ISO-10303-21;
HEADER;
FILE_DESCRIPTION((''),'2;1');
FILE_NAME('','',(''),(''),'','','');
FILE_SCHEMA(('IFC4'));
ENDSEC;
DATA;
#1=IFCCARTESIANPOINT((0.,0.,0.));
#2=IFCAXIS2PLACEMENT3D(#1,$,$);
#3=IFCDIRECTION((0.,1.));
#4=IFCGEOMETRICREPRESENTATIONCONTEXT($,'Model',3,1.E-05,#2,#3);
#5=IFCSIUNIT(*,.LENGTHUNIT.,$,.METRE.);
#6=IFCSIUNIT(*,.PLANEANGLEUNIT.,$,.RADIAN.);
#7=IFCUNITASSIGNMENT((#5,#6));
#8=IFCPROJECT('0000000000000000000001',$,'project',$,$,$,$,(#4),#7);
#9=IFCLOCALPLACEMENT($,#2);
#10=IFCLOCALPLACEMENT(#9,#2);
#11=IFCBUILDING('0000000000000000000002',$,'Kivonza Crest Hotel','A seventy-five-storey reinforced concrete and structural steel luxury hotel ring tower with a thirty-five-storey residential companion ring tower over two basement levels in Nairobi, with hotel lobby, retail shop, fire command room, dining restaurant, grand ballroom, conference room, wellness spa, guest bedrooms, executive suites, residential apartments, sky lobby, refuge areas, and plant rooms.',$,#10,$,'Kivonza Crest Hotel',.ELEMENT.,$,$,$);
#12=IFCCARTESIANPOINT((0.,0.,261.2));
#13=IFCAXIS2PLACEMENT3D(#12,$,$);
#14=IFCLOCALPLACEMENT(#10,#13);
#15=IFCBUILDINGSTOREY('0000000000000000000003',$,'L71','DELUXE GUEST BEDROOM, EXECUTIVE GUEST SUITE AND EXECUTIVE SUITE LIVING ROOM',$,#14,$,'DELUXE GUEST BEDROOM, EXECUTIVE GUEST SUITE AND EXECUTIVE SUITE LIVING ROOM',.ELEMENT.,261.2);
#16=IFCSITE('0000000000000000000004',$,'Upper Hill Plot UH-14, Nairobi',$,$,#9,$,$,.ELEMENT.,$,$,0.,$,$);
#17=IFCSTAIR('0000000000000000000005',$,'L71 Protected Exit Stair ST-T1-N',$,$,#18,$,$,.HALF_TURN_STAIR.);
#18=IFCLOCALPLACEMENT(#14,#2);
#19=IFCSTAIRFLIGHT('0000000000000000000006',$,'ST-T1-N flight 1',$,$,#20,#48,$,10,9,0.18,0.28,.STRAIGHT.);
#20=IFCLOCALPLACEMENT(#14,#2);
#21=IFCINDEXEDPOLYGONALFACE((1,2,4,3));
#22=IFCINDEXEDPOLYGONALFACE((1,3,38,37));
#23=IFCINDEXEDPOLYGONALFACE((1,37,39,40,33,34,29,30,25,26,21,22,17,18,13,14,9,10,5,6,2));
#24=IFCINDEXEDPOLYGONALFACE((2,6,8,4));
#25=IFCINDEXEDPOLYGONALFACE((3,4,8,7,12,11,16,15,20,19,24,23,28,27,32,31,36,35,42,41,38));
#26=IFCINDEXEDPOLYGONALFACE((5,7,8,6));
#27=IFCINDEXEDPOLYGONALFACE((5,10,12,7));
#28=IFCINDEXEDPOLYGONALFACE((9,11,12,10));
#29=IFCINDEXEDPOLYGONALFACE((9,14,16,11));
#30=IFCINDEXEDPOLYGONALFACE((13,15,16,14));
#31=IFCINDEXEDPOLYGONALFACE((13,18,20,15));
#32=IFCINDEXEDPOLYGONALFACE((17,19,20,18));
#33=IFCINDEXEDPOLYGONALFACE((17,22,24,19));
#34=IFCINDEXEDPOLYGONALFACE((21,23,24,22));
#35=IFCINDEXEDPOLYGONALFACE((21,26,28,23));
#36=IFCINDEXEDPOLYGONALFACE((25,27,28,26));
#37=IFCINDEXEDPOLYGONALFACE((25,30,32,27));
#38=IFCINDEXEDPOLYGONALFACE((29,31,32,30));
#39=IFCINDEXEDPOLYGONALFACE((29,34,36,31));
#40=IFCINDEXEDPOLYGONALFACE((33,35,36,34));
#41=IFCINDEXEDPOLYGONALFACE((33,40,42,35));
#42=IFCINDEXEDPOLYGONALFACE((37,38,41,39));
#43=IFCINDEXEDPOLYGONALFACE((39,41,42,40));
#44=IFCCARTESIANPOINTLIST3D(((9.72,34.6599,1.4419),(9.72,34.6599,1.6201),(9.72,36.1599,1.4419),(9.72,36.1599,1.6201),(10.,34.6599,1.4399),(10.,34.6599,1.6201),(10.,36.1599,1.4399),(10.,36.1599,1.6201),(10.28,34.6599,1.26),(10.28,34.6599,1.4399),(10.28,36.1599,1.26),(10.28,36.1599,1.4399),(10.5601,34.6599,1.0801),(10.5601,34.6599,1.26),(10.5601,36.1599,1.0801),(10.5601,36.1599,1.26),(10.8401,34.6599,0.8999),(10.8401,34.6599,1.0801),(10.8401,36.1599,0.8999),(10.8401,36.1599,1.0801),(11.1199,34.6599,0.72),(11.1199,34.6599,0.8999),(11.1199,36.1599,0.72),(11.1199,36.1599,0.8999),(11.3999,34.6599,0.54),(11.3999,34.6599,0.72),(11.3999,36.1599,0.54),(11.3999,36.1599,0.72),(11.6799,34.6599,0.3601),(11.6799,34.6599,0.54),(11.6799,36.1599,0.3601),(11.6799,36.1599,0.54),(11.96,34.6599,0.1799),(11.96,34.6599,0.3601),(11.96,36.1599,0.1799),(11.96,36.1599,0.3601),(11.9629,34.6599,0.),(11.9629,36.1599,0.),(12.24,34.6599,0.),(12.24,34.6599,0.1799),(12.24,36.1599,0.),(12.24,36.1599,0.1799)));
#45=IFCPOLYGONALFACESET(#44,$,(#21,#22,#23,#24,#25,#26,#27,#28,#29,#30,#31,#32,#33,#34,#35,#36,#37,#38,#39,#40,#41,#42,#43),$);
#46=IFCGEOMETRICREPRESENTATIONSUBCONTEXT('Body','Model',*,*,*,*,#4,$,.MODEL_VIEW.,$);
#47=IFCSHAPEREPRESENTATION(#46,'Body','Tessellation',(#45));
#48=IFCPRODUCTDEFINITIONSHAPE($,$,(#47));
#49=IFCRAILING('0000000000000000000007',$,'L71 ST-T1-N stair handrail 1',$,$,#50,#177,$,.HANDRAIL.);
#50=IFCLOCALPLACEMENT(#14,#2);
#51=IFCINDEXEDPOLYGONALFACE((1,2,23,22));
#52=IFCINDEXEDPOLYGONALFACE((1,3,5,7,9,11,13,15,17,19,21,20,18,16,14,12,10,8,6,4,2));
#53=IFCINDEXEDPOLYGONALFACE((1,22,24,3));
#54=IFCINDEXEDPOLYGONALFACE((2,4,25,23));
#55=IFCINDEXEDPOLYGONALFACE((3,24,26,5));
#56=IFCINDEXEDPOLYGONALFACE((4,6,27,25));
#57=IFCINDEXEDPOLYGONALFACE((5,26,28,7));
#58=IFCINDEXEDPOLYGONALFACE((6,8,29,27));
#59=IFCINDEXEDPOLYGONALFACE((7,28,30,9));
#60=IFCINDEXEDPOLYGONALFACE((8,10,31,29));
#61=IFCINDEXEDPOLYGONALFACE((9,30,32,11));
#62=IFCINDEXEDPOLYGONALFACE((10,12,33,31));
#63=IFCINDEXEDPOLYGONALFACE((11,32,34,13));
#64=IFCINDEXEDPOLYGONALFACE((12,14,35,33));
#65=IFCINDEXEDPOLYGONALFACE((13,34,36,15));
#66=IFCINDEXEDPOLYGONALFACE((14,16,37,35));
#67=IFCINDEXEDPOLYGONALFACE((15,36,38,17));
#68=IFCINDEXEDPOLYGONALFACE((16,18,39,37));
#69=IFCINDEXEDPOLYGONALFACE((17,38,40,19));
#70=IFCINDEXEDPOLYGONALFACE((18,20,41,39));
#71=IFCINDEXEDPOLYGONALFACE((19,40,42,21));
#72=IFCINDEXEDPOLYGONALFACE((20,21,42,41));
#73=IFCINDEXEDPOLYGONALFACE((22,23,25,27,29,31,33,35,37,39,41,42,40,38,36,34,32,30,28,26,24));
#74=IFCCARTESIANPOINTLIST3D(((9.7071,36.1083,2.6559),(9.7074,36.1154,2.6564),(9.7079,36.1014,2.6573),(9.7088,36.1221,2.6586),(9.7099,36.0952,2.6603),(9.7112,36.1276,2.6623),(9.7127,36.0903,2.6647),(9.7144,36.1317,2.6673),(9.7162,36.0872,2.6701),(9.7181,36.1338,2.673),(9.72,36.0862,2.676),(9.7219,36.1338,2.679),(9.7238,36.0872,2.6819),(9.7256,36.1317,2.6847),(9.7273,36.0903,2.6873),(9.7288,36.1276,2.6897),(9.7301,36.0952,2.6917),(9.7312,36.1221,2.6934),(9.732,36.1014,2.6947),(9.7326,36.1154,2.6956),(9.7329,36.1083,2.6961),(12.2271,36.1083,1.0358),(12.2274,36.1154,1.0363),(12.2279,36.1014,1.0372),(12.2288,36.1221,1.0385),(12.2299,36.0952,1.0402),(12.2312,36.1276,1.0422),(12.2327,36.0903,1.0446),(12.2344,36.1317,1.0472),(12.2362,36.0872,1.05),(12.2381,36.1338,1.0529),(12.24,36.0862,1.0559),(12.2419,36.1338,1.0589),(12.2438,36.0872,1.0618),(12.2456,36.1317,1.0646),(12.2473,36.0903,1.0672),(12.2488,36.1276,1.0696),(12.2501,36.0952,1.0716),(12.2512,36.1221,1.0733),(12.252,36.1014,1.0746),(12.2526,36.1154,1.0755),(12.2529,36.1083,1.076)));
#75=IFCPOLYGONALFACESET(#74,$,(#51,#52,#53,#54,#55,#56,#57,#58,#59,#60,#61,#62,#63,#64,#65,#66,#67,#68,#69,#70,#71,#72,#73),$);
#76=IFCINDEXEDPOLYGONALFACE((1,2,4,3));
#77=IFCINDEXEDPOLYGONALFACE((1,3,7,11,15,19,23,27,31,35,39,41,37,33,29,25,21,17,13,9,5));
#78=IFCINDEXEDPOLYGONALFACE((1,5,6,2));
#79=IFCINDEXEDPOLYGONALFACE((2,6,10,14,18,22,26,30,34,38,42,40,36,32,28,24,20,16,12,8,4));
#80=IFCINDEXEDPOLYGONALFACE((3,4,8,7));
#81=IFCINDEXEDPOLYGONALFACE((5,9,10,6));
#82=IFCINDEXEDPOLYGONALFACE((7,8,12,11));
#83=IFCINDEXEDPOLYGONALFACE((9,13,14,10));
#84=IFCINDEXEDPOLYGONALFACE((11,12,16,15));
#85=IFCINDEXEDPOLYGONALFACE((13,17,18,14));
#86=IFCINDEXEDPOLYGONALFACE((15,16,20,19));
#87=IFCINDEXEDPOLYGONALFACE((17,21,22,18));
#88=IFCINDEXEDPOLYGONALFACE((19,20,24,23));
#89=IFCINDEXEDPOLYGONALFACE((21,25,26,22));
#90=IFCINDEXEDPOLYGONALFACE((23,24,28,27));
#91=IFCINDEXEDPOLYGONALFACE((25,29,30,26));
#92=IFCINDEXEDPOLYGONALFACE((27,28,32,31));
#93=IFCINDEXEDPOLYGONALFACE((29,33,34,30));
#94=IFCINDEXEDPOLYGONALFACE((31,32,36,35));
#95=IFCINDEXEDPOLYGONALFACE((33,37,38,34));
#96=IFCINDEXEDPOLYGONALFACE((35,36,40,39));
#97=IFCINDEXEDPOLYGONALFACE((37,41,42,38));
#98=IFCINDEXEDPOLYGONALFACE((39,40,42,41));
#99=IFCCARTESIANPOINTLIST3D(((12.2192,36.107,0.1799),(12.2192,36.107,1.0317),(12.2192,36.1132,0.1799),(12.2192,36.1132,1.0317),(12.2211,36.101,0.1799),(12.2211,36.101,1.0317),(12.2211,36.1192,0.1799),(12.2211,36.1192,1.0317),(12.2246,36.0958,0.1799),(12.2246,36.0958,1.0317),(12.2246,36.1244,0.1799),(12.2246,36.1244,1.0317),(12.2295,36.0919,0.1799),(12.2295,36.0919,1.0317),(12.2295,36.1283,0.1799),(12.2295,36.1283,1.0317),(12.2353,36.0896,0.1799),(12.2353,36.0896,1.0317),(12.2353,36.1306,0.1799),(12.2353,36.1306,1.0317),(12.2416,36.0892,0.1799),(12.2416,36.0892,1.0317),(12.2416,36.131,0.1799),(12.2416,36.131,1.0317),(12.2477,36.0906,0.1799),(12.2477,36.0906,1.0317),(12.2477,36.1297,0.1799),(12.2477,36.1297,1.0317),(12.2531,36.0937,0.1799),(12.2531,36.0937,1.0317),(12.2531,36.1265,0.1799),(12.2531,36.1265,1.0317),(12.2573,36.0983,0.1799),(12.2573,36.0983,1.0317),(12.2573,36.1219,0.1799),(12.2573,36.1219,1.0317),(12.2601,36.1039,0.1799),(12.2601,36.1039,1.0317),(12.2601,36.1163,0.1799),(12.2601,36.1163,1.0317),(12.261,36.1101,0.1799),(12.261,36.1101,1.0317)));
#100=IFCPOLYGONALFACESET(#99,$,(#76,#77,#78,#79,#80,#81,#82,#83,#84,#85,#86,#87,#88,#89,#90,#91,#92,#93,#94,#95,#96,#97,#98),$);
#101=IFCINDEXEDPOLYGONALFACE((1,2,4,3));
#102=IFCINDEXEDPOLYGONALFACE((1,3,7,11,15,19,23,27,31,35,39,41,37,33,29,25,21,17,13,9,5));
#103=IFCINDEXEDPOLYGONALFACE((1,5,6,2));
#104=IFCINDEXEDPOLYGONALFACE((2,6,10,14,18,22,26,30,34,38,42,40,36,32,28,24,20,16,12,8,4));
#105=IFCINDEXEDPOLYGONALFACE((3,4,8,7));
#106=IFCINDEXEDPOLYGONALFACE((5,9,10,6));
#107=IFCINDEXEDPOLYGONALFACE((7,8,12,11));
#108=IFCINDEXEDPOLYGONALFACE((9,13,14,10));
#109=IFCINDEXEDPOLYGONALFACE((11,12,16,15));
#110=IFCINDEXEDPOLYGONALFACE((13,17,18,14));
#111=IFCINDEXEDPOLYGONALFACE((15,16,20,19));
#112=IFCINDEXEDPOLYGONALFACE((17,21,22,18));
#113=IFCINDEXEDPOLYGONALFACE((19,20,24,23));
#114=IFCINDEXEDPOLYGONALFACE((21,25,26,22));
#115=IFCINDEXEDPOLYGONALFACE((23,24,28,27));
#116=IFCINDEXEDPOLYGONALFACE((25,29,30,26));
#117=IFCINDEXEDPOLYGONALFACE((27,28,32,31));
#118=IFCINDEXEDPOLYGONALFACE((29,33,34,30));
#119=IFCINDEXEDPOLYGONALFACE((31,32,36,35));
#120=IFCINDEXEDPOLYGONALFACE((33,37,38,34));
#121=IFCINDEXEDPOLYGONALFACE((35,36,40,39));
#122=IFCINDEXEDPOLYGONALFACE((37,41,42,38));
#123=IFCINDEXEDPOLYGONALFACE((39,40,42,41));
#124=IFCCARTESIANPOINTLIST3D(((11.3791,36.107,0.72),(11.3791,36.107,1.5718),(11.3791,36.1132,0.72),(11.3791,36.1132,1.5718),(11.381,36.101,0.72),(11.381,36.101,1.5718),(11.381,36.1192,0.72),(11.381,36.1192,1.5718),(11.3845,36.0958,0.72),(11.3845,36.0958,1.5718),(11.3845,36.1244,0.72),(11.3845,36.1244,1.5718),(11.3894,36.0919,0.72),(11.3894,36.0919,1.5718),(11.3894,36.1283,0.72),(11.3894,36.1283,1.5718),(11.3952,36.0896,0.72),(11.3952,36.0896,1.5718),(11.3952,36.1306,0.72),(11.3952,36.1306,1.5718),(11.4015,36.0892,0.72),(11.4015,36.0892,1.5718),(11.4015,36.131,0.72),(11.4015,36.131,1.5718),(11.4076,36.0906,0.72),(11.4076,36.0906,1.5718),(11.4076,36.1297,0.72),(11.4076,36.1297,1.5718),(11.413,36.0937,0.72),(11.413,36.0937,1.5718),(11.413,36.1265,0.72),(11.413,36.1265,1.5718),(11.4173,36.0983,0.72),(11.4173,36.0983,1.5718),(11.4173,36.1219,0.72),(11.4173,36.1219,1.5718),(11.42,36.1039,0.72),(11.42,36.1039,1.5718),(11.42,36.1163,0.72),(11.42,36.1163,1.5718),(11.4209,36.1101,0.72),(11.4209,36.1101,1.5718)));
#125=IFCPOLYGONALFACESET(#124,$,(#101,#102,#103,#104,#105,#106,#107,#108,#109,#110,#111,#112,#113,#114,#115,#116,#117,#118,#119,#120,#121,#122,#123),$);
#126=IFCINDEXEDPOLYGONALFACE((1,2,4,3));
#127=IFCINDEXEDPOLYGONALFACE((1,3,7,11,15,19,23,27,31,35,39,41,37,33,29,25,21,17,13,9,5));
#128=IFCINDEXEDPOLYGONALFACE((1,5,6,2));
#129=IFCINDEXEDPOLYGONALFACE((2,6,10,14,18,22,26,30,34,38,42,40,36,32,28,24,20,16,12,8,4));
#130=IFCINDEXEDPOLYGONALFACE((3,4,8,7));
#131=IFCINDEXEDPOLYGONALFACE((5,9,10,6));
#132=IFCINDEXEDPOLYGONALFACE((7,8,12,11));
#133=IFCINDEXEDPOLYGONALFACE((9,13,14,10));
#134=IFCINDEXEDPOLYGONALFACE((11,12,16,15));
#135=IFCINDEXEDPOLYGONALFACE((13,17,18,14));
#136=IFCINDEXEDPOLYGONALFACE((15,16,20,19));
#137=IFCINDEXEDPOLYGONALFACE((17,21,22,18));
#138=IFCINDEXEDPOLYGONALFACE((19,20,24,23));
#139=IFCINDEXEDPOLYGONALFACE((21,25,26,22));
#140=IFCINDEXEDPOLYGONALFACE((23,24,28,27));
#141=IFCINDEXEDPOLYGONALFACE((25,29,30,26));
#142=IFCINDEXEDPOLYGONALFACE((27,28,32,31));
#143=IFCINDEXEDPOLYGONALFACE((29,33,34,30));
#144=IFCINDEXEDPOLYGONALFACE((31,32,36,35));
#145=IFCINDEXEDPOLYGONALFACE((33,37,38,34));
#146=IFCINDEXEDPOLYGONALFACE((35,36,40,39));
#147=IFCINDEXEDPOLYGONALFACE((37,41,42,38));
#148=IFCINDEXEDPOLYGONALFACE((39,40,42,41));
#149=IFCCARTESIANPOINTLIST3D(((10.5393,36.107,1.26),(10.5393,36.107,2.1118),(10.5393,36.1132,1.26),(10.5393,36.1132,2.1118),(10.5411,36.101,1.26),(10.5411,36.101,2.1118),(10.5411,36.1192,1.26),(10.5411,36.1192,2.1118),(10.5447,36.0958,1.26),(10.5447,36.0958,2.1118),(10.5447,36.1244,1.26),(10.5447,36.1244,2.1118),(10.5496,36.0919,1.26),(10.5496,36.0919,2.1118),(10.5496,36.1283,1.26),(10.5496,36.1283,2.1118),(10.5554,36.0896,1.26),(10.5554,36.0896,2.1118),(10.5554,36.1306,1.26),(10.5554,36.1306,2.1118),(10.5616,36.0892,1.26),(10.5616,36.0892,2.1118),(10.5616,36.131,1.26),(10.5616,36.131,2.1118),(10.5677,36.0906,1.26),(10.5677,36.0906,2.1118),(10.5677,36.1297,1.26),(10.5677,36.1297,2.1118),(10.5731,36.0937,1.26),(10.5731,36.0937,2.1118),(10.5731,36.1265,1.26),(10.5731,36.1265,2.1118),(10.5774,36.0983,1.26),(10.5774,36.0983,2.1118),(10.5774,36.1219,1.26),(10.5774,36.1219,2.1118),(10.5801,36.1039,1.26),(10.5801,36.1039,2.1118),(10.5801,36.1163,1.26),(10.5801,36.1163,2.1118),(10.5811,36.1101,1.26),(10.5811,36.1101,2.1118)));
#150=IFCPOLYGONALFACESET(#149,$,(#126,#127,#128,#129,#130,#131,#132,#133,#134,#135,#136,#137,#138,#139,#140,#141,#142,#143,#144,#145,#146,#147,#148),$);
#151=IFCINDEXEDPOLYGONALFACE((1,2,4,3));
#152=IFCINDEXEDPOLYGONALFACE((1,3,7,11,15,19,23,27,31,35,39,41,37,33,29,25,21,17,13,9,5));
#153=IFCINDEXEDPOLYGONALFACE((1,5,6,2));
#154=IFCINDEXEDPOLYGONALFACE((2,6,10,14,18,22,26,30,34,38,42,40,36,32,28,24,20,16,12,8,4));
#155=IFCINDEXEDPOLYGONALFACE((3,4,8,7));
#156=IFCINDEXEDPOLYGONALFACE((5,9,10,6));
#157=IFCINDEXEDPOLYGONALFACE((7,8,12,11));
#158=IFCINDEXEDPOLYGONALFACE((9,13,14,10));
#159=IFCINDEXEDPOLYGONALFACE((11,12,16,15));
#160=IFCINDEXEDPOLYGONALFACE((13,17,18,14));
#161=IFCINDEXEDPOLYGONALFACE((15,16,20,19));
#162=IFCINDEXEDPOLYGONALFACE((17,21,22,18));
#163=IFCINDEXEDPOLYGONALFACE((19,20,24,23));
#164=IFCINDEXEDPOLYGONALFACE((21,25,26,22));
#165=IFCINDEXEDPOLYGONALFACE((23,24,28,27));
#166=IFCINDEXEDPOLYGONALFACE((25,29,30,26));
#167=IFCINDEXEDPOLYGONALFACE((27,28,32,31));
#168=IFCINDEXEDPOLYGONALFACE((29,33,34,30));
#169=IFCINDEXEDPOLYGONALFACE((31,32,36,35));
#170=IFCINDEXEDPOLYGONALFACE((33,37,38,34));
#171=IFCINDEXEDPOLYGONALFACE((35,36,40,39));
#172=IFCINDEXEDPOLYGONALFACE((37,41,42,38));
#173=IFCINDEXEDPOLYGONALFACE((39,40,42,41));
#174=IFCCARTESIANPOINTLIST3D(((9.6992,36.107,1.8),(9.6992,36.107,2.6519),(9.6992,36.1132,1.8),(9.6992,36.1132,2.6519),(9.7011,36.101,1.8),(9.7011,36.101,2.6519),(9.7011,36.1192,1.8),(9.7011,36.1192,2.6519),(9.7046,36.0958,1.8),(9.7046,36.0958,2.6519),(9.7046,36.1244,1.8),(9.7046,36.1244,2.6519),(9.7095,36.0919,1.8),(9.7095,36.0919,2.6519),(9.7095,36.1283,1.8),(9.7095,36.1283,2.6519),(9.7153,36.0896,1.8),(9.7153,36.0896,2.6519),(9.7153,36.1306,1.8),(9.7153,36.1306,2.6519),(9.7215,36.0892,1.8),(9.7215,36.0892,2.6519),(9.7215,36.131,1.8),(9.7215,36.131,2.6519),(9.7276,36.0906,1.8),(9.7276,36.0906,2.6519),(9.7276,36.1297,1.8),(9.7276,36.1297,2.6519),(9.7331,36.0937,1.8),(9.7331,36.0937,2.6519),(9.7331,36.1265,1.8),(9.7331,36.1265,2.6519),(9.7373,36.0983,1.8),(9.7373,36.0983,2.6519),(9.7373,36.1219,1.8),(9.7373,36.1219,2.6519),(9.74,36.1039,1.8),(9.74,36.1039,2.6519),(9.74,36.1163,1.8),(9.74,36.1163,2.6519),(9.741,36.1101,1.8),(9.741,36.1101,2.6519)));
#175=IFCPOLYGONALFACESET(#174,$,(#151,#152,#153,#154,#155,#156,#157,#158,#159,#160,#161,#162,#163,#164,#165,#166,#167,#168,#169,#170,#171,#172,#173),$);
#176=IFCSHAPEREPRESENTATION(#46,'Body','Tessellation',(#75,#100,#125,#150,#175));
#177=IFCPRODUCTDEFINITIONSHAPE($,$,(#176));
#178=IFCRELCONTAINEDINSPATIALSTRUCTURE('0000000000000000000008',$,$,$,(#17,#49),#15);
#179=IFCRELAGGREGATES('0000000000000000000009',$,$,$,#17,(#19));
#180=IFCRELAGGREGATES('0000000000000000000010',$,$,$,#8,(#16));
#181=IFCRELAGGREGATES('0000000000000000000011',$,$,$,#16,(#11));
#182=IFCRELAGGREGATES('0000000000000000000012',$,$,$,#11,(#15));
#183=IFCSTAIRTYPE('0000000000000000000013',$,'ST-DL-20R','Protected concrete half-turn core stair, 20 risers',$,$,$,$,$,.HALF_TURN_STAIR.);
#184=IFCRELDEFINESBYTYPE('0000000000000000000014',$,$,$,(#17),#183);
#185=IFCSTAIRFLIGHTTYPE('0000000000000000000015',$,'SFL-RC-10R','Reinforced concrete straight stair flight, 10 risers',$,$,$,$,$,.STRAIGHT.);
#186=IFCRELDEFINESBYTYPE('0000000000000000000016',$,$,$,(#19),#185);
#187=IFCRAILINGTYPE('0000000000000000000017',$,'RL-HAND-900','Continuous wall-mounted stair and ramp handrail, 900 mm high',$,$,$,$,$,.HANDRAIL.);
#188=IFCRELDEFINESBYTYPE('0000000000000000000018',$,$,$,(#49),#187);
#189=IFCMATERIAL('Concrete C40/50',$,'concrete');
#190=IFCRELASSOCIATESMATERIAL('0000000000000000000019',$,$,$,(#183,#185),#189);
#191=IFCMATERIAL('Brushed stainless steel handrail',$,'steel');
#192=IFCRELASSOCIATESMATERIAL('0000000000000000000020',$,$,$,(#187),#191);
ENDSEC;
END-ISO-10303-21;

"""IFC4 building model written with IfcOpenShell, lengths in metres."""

from ifc_helpers import new_model, si_unit, direction, frame, origin, origin_2d, place, context, subcontext, project, spatial, polyline, circle, outline, extrude, material, type_object, element, aggregate, save


model = new_model("IFC4")

# Units and contexts
model_context = context("Model", 3, precision=1e-05, world=origin(), true_north=direction((0.0, 1.0)))
body_context = subcontext(model_context, "Body", "Model", "MODEL_VIEW")
ifc_project = project(units=[si_unit("LENGTHUNIT", "METRE"), si_unit("PLANEANGLEUNIT", "RADIAN")], contexts=[model_context])

# Site, building, storey
site_placement = place(None, origin())
site = spatial("IfcSite", under=ifc_project, at=site_placement, Name="Upper Hill Plot UH-14, Nairobi", CompositionType="ELEMENT", RefElevation=0.0)
building_placement = place(site_placement, origin())
building = spatial("IfcBuilding", under=site, at=building_placement, Name="Kivonza Crest Hotel", Description="A seventy-five-storey reinforced concrete and structural steel luxury hotel ring tower with a thirty-five-storey residential companion ring tower over two basement levels in Nairobi, with hotel lobby, retail shop, fire command room, dining restaurant, grand ballroom, conference room, wellness spa, guest bedrooms, executive suites, residential apartments, sky lobby, refuge areas, and plant rooms.", LongName="Kivonza Crest Hotel", CompositionType="ELEMENT")
storey_placement = place(building_placement, frame((0.0, 0.0, 261.2)))
storey = spatial("IfcBuildingStorey", under=building, at=storey_placement, Name="L71", Description="DELUXE GUEST BEDROOM, EXECUTIVE GUEST SUITE AND EXECUTIVE SUITE LIVING ROOM", LongName="DELUXE GUEST BEDROOM, EXECUTIVE GUEST SUITE AND EXECUTIVE SUITE LIVING ROOM", CompositionType="ELEMENT", Elevation=261.2)

# Stair, stair flight
ifc_material_1 = material(Name="Concrete C40/50", Category="concrete")
stair_type = type_object("IfcStairType", Name="ST-DL-20R", Description="Protected concrete half-turn core stair, 20 risers", PredefinedType="HALF_TURN_STAIR", material=ifc_material_1)
stair_placement = place(storey_placement, origin())
stair = element("IfcStair", 1, at=stair_placement, inside=storey, type_object=stair_type, Name="L71 Protected Exit Stair ST-T1-N", PredefinedType="HALF_TURN_STAIR")
stair_flight_type = type_object("IfcStairFlightType", Name="SFL-RC-10R", Description="Reinforced concrete straight stair flight, 10 risers", PredefinedType="STRAIGHT", material=ifc_material_1)
stair_flight_placement = place(storey_placement, frame((12.24, 35.4099, 0.0), z_axis=(0.0, 0.0, 1.0), x_axis=(-1.0, 0.0, 0.0)))
stair_flight = element("IfcStairFlight", 2, at=stair_flight_placement, type_object=stair_flight_type, Name="ST-T1-N flight 1", NumberOfRisers=10, NumberOfTreads=9, PredefinedType="STRAIGHT", RiserHeight=0.18, TreadLength=0.28, context=body_context, shape_type="SweptSolid", body=[
    extrude(outline(polyline([(0.0, 0.0), (0.0, 0.1799), (0.28, 0.1799), (0.28, 0.3601), (0.5601, 0.3601), (0.5601, 0.54), (0.8401, 0.54), (0.8401, 0.72), (1.1201, 0.72), (1.1201, 0.8999), (1.3999, 0.8999), (1.3999, 1.0801), (1.6799, 1.0801), (1.6799, 1.26), (1.96, 1.26), (1.96, 1.4399), (2.24, 1.4399), (2.24, 1.6201), (2.52, 1.6201), (2.52, 1.8), (2.52, 1.4419), (0.2771, 0.0), (0.0, 0.0)])), frame((0.0, 0.75, 0.0), z_axis=(0.0, -1.0, 0.0), x_axis=(1.0, 0.0, 0.0)), (0.0, 0.0, 1.0), 1.5),
])
aggregate(stair, [stair_flight])

# Railing
ifc_material_2 = material(Name="Brushed stainless steel handrail", Category="steel")
railing_type_1 = type_object("IfcRailingType", Name="RL-HAND-900", Description="Continuous wall-mounted stair and ramp handrail, 900 mm high", PredefinedType="HANDRAIL", material=ifc_material_2)
railing_1_placement = place(storey_placement, frame((12.24, 36.1101, 0.1799)))
element("IfcRailing", 3, at=railing_1_placement, inside=storey, type_object=railing_type_1, Name="L71 ST-T1-N stair handrail 1", PredefinedType="HANDRAIL", context=body_context, shape_type="SweptSolid", body=[
    extrude(circle(Radius=0.0239, at=origin_2d()), frame((0.0, 0.0, 0.876), z_axis=(-0.841163, 0.0, 0.540782), x_axis=(0.0, -1.0, 0.0)), (0.0, 0.0, 1.0), 2.9958),
    extrude(circle(Radius=0.021, at=origin_2d()), origin(), (0.0, 0.0, 1.0), 0.8518),
    extrude(circle(Radius=0.021, at=origin_2d()), frame((-0.8401, 0.0, 0.54)), (0.0, 0.0, 1.0), 0.8518),
    extrude(circle(Radius=0.021, at=origin_2d()), frame((-1.6799, 0.0, 1.0801)), (0.0, 0.0, 1.0), 0.8518),
    extrude(circle(Radius=0.021, at=origin_2d()), frame((-2.52, 0.0, 1.6201)), (0.0, 0.0, 1.0), 0.8518),
])

save(model, "model.ifc")
